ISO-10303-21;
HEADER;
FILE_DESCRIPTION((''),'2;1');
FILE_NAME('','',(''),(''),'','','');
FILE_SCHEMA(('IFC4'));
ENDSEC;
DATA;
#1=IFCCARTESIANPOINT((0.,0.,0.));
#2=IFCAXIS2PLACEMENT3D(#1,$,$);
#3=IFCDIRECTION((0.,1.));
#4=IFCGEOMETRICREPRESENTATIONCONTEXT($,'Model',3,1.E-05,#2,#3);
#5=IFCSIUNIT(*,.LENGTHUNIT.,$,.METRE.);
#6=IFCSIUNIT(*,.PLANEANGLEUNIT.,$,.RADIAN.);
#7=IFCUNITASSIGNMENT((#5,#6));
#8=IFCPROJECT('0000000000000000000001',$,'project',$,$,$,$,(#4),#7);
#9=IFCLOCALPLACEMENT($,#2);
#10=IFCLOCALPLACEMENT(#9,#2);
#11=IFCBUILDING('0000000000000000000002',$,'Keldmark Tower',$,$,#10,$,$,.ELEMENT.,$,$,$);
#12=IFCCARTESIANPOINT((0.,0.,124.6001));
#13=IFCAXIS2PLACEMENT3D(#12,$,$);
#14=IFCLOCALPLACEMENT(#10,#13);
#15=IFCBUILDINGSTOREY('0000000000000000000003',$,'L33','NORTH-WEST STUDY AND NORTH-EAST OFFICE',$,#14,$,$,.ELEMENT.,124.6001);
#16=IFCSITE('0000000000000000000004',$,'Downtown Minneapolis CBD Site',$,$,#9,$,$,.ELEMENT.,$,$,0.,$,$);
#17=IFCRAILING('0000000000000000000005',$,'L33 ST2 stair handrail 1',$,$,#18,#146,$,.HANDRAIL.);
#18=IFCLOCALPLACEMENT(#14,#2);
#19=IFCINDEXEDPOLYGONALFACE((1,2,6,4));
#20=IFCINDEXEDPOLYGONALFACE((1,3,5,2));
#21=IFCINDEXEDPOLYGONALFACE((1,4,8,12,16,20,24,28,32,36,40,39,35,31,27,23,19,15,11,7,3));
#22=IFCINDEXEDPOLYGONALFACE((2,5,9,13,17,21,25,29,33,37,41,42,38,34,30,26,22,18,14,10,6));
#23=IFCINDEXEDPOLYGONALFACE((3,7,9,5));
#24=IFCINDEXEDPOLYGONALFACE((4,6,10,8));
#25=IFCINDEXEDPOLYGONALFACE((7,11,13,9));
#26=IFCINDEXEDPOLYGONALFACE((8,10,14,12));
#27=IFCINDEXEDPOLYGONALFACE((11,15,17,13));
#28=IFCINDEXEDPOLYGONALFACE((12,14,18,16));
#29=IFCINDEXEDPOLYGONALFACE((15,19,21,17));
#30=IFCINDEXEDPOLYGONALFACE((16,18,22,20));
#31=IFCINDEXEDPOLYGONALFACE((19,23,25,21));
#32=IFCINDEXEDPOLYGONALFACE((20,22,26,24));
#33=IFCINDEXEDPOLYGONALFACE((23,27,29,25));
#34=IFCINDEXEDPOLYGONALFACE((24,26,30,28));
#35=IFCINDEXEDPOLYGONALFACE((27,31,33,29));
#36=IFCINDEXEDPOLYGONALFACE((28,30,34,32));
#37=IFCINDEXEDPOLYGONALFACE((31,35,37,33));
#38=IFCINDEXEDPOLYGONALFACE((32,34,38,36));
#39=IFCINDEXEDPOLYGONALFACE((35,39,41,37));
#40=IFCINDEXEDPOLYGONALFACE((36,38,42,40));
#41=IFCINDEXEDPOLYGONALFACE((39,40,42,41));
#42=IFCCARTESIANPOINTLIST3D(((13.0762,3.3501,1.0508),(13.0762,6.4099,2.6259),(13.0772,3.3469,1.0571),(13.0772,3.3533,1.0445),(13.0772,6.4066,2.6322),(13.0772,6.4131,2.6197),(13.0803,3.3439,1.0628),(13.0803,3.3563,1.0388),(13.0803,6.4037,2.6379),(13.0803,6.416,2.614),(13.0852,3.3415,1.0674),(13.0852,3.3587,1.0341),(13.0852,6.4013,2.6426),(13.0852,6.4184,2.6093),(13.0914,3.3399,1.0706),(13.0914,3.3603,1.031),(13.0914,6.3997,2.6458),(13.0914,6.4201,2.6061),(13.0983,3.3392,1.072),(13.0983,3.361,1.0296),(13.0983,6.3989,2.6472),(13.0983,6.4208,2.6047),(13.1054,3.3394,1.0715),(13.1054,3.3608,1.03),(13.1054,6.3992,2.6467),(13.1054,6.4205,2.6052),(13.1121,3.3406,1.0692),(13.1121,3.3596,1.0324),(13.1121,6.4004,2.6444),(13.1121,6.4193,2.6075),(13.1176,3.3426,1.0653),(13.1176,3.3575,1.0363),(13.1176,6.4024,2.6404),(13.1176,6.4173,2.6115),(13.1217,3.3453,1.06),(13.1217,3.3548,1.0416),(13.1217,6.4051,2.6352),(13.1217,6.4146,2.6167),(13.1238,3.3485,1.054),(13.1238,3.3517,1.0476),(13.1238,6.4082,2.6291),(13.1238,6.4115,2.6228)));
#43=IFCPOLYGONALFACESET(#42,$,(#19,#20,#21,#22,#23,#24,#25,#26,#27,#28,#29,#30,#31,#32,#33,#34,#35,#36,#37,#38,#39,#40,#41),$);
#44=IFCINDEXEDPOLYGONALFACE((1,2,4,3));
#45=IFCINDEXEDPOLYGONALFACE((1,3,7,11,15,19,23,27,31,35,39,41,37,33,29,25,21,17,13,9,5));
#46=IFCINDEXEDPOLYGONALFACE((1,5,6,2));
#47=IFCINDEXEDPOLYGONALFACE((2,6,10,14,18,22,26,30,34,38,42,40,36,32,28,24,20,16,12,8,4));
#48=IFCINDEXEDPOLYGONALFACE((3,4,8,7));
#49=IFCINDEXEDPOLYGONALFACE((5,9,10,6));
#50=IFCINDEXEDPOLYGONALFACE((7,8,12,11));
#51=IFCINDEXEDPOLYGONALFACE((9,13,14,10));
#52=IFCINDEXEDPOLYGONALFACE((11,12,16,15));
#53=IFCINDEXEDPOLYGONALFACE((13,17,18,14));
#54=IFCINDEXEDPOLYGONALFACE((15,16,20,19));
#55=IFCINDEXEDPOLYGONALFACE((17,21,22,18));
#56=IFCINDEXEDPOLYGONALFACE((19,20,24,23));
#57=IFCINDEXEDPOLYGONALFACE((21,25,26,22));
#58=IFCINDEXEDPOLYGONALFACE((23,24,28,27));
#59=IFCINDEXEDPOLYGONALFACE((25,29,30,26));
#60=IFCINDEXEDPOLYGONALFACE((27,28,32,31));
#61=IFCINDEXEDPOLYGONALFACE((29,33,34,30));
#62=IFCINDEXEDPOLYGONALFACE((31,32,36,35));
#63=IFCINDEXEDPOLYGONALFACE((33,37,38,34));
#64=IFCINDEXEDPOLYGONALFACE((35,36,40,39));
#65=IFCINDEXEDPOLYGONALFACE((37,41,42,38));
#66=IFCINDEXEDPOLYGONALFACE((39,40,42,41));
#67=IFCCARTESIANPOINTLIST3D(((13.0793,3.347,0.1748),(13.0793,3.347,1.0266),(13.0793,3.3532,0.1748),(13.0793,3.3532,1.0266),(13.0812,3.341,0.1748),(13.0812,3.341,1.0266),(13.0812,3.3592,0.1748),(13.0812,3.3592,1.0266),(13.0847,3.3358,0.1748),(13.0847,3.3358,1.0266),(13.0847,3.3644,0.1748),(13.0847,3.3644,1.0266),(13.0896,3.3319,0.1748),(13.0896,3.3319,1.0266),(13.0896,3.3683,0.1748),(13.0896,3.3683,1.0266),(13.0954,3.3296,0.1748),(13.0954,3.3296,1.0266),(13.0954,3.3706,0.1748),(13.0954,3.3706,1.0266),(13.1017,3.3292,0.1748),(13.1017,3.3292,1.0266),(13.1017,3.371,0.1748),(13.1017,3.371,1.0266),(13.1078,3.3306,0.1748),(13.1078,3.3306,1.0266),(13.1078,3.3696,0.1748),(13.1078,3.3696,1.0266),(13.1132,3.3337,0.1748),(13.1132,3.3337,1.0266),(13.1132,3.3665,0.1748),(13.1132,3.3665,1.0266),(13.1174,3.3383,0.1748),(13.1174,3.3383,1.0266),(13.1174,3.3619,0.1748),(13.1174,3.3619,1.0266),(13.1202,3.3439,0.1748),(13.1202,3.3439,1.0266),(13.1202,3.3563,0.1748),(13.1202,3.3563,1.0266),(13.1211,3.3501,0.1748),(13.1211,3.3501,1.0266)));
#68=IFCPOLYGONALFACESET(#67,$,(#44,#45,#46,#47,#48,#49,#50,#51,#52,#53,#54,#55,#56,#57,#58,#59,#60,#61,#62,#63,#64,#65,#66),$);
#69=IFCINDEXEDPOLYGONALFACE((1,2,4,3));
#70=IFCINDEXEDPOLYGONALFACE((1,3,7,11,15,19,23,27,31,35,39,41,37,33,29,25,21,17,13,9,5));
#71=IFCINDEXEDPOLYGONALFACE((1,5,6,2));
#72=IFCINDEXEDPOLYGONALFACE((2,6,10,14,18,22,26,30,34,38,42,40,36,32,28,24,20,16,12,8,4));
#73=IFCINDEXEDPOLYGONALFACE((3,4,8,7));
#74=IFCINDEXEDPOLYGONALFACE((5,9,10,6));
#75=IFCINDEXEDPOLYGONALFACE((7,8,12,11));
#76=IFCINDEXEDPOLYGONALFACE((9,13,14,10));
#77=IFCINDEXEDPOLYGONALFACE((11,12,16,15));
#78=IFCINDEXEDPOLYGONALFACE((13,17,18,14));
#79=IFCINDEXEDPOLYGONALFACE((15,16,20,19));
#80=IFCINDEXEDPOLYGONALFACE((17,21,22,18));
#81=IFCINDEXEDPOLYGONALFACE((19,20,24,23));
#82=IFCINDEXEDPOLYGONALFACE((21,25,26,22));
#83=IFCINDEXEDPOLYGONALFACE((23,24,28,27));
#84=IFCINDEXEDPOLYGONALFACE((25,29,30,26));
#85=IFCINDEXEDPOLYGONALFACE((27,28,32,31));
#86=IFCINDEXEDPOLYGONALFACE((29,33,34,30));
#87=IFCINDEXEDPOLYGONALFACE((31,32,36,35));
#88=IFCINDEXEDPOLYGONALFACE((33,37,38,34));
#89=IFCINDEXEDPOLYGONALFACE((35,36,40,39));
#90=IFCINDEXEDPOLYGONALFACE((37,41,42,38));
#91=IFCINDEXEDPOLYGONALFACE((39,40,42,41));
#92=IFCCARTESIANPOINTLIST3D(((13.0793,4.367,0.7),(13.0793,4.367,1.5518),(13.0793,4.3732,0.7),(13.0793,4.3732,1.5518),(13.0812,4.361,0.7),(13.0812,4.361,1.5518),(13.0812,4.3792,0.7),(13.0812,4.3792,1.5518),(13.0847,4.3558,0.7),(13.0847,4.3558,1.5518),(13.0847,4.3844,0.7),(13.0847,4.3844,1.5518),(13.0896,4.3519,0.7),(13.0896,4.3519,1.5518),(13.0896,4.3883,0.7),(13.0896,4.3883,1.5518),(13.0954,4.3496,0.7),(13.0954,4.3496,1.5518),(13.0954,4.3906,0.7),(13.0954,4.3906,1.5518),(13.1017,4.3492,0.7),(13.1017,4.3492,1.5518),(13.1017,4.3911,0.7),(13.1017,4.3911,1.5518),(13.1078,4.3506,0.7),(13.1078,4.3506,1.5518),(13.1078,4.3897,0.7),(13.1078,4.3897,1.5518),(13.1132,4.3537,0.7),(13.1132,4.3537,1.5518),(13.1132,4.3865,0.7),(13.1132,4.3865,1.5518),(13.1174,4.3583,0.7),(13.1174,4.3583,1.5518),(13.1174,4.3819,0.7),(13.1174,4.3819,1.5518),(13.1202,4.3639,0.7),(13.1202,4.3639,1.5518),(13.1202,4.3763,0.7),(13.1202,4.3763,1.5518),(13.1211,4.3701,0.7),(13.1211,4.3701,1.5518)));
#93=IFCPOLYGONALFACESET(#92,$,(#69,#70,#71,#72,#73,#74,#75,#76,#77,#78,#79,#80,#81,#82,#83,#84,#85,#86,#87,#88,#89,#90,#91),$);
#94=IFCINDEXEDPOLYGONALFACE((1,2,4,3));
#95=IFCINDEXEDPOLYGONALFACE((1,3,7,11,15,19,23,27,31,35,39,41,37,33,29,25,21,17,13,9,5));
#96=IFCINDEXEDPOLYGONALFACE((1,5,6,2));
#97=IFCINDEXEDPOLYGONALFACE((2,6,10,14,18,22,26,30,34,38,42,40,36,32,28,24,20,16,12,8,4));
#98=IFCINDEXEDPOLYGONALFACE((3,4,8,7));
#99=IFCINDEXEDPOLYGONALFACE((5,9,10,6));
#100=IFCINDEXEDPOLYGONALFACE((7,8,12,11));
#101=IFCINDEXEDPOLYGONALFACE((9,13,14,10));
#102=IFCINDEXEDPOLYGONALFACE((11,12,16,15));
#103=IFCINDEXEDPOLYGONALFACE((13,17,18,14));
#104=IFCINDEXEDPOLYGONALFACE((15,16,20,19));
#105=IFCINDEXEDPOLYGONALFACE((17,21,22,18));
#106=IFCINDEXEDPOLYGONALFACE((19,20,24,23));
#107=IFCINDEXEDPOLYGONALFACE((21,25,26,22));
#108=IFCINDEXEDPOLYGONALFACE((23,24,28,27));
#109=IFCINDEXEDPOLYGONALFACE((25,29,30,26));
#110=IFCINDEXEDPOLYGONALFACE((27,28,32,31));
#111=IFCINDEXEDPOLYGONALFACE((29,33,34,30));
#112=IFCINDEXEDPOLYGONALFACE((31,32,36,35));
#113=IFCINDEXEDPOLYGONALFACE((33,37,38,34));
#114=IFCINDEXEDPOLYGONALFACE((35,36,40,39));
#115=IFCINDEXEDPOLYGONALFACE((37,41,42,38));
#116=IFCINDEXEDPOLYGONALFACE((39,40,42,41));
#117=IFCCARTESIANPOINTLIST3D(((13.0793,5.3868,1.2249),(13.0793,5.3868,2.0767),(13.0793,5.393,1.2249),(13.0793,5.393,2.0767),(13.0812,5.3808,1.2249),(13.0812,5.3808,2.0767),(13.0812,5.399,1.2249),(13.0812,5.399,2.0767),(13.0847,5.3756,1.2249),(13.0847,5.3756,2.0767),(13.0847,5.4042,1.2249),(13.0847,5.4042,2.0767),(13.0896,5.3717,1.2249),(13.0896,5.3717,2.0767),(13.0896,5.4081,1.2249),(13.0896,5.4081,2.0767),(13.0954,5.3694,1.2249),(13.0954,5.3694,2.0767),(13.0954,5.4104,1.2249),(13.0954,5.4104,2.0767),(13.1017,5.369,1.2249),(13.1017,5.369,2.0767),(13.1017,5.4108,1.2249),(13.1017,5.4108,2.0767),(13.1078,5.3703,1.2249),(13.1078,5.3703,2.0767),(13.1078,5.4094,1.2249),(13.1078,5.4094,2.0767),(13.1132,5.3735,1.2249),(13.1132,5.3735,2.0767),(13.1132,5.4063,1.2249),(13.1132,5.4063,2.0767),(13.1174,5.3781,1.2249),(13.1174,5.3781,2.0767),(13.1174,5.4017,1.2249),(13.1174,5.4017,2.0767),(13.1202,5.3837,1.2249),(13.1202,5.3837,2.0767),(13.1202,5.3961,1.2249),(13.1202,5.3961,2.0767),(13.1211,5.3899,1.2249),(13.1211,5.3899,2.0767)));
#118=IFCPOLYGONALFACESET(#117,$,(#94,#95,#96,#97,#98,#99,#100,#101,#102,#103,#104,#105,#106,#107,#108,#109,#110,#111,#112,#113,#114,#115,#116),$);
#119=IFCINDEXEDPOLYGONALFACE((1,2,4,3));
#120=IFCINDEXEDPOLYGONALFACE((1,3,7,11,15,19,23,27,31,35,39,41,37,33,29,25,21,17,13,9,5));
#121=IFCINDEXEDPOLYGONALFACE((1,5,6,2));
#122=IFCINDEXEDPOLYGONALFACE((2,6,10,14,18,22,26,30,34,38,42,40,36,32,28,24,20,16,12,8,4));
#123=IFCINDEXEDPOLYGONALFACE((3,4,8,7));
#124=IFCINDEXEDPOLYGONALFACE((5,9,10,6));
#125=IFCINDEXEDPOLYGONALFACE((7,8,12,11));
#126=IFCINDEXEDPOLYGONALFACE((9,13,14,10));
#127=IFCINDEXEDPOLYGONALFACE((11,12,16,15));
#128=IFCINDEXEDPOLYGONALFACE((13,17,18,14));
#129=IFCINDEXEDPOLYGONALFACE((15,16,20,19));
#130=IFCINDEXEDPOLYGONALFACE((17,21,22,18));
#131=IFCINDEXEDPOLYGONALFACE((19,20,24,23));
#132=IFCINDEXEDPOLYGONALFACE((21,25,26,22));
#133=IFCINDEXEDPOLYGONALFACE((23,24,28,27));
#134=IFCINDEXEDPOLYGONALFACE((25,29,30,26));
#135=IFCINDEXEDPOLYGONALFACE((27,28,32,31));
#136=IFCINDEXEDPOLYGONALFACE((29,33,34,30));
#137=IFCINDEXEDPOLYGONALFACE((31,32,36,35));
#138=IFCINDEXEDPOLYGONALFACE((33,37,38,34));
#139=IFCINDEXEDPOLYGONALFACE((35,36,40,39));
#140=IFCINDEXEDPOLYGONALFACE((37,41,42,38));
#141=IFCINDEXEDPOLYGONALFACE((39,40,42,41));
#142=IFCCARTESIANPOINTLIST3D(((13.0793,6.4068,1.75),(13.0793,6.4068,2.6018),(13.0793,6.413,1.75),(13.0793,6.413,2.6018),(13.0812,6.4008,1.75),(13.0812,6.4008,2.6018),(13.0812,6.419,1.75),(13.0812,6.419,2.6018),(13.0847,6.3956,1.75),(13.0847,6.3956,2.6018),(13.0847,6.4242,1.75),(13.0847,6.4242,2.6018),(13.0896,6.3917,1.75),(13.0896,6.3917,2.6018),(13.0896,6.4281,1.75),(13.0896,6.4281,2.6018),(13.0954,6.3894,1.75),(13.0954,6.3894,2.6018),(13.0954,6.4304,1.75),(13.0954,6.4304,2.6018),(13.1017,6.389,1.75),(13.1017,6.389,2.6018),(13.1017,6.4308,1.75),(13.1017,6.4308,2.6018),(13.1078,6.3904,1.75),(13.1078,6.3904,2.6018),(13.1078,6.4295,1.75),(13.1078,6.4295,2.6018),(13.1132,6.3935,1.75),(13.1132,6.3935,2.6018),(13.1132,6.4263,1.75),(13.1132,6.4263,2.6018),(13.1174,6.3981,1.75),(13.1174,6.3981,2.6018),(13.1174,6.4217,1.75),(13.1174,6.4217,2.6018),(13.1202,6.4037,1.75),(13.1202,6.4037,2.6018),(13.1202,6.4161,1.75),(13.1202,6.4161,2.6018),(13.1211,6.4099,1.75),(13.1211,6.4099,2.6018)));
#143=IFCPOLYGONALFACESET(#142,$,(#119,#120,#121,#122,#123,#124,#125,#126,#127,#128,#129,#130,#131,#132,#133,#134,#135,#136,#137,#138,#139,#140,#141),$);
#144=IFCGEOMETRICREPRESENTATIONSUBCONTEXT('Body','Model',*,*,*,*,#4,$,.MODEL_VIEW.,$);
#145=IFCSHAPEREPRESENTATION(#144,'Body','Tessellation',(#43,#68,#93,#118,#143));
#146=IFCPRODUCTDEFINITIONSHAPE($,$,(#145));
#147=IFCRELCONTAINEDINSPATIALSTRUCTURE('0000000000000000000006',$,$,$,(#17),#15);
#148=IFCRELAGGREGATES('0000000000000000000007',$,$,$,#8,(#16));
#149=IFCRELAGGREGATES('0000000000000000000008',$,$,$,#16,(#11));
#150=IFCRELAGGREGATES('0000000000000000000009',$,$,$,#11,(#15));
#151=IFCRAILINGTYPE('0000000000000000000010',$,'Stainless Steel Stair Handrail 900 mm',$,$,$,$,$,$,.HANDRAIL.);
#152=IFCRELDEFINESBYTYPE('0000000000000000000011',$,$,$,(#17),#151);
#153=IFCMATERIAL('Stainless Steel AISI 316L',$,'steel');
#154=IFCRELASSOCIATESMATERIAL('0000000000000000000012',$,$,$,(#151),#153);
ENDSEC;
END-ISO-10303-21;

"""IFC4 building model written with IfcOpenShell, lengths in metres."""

from ifc_helpers import new_model, si_unit, direction, frame, origin, origin_2d, place, context, subcontext, project, spatial, circle, extrude, material, type_object, element, save


model = new_model("IFC4")

# Units and contexts
model_context = context("Model", 3, precision=1e-05, world=origin(), true_north=direction((0.0, 1.0)))
body_context = subcontext(model_context, "Body", "Model", "MODEL_VIEW")
ifc_project = project(units=[si_unit("LENGTHUNIT", "METRE"), si_unit("PLANEANGLEUNIT", "RADIAN")], contexts=[model_context])

# Site, building, storey
site_placement = place(None, origin())
site = spatial("IfcSite", under=ifc_project, at=site_placement, Name="Downtown Minneapolis CBD Site", CompositionType="ELEMENT", RefElevation=0.0)
building_placement = place(site_placement, origin())
building = spatial("IfcBuilding", under=site, at=building_placement, Name="Keldmark Tower", CompositionType="ELEMENT")
storey_placement = place(building_placement, frame((0.0, 0.0, 124.6001)))
storey = spatial("IfcBuildingStorey", under=building, at=storey_placement, Name="L33", Description="NORTH-WEST STUDY AND NORTH-EAST OFFICE", CompositionType="ELEMENT", Elevation=124.6001)

# Railing
ifc_material_1 = material(Name="Stainless Steel AISI 316L", Category="steel")
railing_type_1 = type_object("IfcRailingType", Name="Stainless Steel Stair Handrail 900 mm", PredefinedType="HANDRAIL", material=ifc_material_1)
railing_1_placement = place(storey_placement, frame((13.1001, 3.3501, 0.1748)))
element("IfcRailing", 1, at=railing_1_placement, inside=storey, type_object=railing_type_1, Name="L33 ST2 stair handrail 1", PredefinedType="HANDRAIL", context=body_context, shape_type="SweptSolid", body=[
    extrude(circle(Radius=0.0239, at=origin_2d()), frame((0.0, 0.0, 0.876), z_axis=(0.0, 0.889101, 0.45771), x_axis=(-1.0, 0.0, 0.0)), (0.0, 0.0, 1.0), 3.4414),
    extrude(circle(Radius=0.021, at=origin_2d()), origin(), (0.0, 0.0, 1.0), 0.8518),
    extrude(circle(Radius=0.021, at=origin_2d()), frame((0.0, 1.02, 0.5251)), (0.0, 0.0, 1.0), 0.8518),
    extrude(circle(Radius=0.021, at=origin_2d()), frame((0.0, 2.0398, 1.05)), (0.0, 0.0, 1.0), 0.8518),
    extrude(circle(Radius=0.021, at=origin_2d()), frame((0.0, 3.0598, 1.5752)), (0.0, 0.0, 1.0), 0.8518),
])

save(model, "model.ifc")
